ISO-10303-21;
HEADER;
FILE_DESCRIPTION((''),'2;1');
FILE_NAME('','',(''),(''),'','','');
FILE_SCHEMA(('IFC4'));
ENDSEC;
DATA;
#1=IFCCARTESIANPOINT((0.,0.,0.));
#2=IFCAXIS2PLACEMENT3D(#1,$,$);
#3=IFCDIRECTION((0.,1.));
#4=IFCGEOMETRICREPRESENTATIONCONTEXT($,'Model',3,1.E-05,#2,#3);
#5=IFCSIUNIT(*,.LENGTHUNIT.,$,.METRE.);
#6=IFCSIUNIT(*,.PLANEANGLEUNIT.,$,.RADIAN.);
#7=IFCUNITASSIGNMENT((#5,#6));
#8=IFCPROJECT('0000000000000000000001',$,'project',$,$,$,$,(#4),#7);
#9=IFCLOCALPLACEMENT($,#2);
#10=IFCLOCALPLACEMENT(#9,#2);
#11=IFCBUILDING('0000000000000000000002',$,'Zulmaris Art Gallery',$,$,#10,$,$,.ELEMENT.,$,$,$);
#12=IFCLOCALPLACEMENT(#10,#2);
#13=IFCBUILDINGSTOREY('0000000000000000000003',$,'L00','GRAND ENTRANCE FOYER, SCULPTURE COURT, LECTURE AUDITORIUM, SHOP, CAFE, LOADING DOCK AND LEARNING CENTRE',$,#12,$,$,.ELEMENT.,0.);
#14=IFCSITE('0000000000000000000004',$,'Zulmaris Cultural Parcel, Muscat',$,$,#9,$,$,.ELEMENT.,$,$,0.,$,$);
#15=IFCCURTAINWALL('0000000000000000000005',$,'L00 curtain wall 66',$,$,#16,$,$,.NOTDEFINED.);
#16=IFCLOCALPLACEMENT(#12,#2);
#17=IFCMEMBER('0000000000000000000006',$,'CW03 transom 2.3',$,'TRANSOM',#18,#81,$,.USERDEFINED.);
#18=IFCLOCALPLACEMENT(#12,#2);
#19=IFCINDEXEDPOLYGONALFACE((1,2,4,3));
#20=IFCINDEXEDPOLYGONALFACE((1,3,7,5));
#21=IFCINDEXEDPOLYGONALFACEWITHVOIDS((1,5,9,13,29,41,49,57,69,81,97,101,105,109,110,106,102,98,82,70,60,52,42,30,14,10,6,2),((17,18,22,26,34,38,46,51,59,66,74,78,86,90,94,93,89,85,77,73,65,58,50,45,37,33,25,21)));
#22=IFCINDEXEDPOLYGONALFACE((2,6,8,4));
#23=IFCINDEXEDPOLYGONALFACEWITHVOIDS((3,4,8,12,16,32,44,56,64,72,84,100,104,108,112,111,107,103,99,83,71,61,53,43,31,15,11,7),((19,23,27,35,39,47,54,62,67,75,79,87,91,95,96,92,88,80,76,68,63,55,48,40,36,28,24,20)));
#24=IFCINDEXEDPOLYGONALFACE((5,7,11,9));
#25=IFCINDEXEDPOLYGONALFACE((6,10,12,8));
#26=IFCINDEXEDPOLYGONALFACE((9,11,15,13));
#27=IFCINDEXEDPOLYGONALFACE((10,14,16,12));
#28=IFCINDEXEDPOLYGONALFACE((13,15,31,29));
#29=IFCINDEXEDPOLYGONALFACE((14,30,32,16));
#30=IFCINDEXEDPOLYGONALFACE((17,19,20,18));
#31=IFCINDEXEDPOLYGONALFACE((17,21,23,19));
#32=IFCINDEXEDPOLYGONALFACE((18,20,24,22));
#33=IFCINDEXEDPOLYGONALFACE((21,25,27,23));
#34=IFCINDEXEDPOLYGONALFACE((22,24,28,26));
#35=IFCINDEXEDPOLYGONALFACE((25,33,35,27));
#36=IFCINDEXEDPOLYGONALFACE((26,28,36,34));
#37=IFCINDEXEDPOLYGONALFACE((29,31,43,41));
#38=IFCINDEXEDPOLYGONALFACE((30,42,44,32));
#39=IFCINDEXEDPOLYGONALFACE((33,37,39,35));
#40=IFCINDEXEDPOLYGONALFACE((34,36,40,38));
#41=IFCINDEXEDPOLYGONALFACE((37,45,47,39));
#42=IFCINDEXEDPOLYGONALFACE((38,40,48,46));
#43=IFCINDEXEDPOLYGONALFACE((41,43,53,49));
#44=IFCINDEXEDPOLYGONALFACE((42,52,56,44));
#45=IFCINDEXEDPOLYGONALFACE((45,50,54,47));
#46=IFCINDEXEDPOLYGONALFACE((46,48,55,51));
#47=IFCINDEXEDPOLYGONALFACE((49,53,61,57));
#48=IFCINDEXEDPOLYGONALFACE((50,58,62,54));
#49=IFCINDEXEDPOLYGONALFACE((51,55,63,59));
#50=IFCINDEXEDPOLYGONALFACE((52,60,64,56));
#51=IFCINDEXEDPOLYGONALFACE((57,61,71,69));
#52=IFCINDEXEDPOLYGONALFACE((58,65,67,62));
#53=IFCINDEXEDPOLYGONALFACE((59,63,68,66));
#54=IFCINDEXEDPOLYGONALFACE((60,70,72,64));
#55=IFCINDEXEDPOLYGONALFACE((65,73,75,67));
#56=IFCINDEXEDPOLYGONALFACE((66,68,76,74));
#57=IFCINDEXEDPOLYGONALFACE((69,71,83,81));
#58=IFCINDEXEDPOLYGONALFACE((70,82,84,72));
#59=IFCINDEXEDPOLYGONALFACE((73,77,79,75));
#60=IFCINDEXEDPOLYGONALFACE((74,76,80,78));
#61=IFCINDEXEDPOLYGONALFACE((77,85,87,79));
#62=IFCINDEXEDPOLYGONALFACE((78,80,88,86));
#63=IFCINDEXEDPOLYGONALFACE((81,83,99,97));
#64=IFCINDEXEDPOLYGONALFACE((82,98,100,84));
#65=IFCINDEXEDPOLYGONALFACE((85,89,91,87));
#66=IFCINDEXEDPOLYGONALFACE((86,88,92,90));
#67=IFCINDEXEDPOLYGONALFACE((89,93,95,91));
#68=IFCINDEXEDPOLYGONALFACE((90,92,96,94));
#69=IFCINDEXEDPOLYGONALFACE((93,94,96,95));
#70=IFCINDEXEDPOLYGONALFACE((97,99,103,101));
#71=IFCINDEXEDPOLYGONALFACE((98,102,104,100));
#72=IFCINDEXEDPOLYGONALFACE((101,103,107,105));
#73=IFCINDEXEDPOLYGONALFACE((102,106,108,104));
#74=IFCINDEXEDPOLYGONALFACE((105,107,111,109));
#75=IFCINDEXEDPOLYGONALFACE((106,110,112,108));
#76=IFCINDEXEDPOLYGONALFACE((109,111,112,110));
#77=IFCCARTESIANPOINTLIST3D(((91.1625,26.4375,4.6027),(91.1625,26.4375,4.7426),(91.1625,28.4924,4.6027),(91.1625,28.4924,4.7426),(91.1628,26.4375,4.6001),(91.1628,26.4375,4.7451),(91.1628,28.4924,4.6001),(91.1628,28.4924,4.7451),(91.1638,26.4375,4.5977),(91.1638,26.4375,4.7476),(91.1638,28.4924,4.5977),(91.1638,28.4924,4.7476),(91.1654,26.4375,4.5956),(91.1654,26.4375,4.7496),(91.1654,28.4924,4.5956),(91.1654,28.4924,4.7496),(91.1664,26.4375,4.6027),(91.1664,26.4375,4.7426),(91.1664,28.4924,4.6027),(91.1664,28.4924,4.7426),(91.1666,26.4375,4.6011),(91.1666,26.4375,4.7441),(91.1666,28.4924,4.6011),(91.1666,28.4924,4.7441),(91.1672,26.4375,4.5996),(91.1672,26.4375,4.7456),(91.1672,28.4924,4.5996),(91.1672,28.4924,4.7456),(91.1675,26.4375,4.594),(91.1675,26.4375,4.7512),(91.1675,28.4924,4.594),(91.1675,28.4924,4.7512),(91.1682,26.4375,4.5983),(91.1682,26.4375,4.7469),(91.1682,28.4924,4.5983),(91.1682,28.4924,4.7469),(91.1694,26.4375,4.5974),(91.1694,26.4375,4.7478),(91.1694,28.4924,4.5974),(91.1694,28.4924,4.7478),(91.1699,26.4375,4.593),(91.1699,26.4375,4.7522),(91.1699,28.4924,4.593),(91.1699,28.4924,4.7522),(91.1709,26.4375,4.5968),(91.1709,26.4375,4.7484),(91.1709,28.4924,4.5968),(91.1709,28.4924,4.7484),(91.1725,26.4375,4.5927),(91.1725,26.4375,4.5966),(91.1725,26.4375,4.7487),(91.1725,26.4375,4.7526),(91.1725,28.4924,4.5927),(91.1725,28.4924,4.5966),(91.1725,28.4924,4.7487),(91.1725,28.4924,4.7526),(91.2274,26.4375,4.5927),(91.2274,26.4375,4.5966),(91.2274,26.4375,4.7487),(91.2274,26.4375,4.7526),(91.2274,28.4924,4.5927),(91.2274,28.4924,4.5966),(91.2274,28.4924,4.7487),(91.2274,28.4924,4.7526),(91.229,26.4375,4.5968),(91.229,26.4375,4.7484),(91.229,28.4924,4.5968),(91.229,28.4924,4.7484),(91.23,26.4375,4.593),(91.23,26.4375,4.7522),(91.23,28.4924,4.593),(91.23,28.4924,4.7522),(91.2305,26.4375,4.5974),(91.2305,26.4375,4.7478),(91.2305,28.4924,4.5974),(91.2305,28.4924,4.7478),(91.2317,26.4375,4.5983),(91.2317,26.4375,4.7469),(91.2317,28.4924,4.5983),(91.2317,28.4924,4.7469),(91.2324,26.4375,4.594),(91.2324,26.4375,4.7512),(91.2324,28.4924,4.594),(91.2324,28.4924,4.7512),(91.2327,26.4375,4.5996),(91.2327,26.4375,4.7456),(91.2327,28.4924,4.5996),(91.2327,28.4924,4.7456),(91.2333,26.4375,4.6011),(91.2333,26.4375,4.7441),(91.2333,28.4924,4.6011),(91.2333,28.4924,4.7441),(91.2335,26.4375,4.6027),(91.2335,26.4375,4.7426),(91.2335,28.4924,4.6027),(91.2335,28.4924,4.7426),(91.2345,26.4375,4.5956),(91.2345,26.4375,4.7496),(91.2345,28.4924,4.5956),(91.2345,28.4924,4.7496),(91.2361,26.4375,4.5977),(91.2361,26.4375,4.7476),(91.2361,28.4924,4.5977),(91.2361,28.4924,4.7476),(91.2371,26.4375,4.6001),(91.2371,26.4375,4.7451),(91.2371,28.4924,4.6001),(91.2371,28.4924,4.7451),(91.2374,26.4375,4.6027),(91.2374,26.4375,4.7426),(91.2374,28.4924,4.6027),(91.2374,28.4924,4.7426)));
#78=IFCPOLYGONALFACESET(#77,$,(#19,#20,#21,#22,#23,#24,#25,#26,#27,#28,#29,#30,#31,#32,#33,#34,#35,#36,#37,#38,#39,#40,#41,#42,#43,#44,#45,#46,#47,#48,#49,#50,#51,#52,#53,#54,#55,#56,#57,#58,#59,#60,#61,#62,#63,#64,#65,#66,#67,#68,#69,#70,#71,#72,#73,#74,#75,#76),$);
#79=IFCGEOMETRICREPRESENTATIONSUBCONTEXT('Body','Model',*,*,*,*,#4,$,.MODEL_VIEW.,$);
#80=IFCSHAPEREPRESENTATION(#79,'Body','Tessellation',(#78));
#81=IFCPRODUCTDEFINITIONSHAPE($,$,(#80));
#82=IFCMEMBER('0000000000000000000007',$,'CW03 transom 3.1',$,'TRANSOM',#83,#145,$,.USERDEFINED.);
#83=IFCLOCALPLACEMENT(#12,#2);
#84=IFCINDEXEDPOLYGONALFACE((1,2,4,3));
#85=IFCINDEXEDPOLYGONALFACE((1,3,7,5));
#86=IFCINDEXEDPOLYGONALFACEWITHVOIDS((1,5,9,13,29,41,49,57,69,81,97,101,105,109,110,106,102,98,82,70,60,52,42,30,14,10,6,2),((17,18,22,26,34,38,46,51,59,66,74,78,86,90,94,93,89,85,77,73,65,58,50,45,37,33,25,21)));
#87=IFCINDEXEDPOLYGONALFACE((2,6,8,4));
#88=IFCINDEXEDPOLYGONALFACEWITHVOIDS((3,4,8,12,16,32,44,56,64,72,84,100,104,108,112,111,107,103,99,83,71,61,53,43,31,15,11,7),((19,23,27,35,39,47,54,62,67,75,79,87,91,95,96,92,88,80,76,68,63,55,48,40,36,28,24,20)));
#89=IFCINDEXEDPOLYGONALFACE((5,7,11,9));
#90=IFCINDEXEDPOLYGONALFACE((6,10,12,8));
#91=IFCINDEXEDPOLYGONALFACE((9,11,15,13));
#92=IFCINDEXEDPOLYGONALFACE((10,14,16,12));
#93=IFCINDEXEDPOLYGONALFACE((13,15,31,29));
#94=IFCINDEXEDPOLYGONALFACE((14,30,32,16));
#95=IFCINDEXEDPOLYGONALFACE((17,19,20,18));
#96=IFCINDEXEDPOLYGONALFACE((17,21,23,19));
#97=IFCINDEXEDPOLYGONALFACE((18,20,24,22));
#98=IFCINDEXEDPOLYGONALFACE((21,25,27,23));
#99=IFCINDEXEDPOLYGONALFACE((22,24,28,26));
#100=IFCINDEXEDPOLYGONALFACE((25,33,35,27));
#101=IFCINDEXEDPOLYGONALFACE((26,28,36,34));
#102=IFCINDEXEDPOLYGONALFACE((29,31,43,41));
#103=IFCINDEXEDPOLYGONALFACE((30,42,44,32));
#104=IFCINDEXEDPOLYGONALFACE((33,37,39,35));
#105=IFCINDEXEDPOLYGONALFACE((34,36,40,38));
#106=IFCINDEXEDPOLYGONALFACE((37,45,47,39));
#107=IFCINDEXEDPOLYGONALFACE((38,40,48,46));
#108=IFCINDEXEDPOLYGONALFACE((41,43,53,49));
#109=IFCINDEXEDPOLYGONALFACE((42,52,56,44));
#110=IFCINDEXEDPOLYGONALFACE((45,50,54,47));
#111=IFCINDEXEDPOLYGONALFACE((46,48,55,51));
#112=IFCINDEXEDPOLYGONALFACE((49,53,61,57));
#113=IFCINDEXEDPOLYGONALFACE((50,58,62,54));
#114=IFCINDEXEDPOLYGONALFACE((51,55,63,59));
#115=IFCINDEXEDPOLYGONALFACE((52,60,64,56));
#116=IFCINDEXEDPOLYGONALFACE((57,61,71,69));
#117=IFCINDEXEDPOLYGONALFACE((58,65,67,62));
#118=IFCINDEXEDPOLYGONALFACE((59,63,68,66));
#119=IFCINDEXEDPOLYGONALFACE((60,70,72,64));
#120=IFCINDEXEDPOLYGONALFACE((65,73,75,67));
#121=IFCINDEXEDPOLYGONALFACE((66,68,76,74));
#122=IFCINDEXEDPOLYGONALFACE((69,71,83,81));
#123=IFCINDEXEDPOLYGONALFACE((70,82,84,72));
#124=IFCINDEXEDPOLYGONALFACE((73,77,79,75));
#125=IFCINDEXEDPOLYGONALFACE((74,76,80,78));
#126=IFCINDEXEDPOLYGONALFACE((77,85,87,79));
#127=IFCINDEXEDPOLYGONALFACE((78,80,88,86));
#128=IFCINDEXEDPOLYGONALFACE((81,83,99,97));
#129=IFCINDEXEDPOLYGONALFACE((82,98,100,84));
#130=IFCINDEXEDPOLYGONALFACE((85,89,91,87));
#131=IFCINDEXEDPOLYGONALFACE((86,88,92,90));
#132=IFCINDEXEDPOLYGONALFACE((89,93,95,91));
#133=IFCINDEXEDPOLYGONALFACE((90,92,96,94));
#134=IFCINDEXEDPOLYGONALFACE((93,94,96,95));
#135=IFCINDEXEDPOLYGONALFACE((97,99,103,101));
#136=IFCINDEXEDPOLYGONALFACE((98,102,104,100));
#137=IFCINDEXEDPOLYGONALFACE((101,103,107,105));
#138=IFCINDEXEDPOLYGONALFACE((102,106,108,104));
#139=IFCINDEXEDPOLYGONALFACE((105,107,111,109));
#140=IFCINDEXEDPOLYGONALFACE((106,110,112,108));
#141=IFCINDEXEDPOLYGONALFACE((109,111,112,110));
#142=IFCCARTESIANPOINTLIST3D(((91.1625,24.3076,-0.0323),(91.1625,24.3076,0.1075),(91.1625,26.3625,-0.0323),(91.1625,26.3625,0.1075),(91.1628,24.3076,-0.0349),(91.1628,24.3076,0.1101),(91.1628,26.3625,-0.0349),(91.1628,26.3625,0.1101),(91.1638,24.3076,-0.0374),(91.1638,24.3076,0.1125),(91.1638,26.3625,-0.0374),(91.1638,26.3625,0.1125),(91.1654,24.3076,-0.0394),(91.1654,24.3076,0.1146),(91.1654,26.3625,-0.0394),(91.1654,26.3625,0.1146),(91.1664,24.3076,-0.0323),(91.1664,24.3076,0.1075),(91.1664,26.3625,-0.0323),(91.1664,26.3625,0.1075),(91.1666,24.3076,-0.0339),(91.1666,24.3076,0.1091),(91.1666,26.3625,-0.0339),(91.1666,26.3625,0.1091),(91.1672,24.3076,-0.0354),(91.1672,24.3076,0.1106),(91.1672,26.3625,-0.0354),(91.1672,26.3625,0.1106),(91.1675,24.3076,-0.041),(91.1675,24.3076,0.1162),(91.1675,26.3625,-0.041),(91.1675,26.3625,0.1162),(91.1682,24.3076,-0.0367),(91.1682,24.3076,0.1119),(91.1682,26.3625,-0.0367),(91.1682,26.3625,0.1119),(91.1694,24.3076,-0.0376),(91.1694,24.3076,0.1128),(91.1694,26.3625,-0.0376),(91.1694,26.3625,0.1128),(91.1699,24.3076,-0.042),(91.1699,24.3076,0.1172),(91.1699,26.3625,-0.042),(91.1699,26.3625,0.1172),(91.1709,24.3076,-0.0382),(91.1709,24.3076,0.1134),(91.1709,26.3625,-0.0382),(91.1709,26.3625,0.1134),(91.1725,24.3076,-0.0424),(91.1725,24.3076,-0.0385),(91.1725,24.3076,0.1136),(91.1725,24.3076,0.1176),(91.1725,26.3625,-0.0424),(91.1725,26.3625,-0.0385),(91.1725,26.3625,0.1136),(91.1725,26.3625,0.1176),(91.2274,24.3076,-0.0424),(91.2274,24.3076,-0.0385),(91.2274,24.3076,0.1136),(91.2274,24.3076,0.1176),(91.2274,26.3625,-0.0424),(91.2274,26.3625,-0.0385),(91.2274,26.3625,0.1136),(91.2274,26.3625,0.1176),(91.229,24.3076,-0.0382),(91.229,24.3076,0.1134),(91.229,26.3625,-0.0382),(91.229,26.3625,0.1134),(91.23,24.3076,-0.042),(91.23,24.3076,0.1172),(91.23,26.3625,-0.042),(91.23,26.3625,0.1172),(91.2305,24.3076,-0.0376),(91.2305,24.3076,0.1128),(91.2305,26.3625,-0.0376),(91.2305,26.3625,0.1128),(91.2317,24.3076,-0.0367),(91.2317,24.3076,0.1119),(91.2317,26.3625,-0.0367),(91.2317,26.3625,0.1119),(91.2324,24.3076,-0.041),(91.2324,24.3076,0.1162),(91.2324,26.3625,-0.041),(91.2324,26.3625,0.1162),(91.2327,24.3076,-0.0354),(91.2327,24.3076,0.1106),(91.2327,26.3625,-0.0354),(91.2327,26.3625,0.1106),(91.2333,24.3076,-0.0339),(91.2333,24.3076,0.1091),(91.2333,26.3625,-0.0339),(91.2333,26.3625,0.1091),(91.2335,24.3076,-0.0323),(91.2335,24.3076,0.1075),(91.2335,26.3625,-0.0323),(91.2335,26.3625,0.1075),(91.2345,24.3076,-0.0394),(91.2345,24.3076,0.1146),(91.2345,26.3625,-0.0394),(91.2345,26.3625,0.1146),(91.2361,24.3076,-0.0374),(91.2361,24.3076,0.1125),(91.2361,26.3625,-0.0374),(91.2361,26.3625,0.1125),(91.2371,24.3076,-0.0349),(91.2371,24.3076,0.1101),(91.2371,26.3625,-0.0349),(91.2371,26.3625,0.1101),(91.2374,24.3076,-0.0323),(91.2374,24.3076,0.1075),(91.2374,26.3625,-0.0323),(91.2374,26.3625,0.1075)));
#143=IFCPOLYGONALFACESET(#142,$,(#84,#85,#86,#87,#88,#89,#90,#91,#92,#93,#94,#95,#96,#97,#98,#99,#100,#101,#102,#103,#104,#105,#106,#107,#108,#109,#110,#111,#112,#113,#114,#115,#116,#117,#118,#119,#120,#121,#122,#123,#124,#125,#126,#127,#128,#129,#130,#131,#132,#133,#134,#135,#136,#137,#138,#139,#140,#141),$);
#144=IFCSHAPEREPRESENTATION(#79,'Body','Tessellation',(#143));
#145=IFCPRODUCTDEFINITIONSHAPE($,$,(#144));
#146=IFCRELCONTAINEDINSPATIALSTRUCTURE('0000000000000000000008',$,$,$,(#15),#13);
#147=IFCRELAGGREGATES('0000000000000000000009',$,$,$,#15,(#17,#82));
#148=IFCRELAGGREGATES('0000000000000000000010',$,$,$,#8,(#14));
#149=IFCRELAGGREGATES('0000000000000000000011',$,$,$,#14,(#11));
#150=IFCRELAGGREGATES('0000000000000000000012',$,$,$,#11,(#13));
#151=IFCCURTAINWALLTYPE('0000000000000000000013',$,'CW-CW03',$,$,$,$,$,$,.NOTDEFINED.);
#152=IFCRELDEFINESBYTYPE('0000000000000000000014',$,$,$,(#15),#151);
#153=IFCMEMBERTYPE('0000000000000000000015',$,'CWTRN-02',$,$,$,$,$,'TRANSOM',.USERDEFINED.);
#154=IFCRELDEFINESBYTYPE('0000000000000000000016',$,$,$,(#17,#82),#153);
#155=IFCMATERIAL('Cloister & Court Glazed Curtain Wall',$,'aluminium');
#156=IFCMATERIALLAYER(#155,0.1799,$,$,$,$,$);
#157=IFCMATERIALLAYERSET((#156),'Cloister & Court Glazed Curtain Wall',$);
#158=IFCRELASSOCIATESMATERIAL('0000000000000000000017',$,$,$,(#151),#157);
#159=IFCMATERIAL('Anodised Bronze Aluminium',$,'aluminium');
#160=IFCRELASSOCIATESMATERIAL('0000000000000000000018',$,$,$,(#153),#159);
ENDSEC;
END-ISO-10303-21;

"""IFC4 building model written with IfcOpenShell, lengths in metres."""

from ifc_helpers import new_model, si_unit, direction, frame, origin, origin_2d, place, context, subcontext, project, spatial, hollow_rectangle, extrude, material, layer, layer_set, material_profile, profile_set, type_object, element, aggregate, save


model = new_model("IFC4")

# Units and contexts
model_context = context("Model", 3, precision=1e-05, world=origin(), true_north=direction((0.0, 1.0)))
body_context = subcontext(model_context, "Body", "Model", "MODEL_VIEW")
ifc_project = project(units=[si_unit("LENGTHUNIT", "METRE"), si_unit("PLANEANGLEUNIT", "RADIAN")], contexts=[model_context])

# Site, building, storey
site_placement = place(None, origin())
site = spatial("IfcSite", under=ifc_project, at=site_placement, Name="Zulmaris Cultural Parcel, Muscat", CompositionType="ELEMENT", RefElevation=0.0)
building_placement = place(site_placement, origin())
building = spatial("IfcBuilding", under=site, at=building_placement, Name="Zulmaris Art Gallery", CompositionType="ELEMENT")
storey_placement = place(building_placement, origin())
storey = spatial("IfcBuildingStorey", under=building, at=storey_placement, Name="L00", Description="GRAND ENTRANCE FOYER, SCULPTURE COURT, LECTURE AUDITORIUM, SHOP, CAFE, LOADING DOCK AND LEARNING CENTRE", CompositionType="ELEMENT", Elevation=0.0)

# Curtain wall
ifc_material_1 = material(Name="Cloister & Court Glazed Curtain Wall", Category="aluminium")
ifc_layer_1 = layer(ifc_material_1, 0.1799)
ifc_layer_set_1 = layer_set([ifc_layer_1], Name="Cloister & Court Glazed Curtain Wall")
curtain_wall_type = type_object("IfcCurtainWallType", Name="CW-CW03", PredefinedType="NOTDEFINED", material=ifc_layer_set_1)
curtain_wall_1_placement = place(storey_placement, origin())
curtain_wall_1 = element("IfcCurtainWall", 1, at=curtain_wall_1_placement, inside=storey, type_object=curtain_wall_type, Name="L00 curtain wall 66", PredefinedType="NOTDEFINED")
ifc_material_2 = material(Name="Anodised Bronze Aluminium", Category="aluminium")

# Members
ifc_material_profile_1 = material_profile(ifc_material_2, hollow_rectangle(XDim=0.075, YDim=0.1599, WallThickness=0.0039, InnerFilletRadius=0.0061, OuterFilletRadius=0.01, at=origin_2d()), Name="ALU 75x160x4")
ifc_profile_set_1 = profile_set([ifc_material_profile_1], Name="Anodised Bronze Aluminium")
member_type_1 = type_object("IfcMemberType", Name="CWTRN-02", ElementType="TRANSOM", PredefinedType="USERDEFINED", material=ifc_profile_set_1)
member_1_placement = place(storey_placement, frame((91.2, 28.4924, 4.6726), z_axis=(0.0, -1.0, 0.0), x_axis=(1.0, 0.0, 0.0)))
member_1 = element("IfcMember", 2, at=member_1_placement, type_object=member_type_1, Name="CW03 transom 2.3", ObjectType="TRANSOM", PredefinedType="USERDEFINED", context=body_context, shape_type="SweptSolid", body=[
    extrude(hollow_rectangle(XDim=0.075, YDim=0.1599, WallThickness=0.0039, InnerFilletRadius=0.0061, OuterFilletRadius=0.01, at=origin_2d()), origin(), (0.0, 0.0, 1.0), 2.0549),
])
member_2_placement = place(storey_placement, frame((91.2, 26.3625, 0.0376), z_axis=(0.0, -1.0, 0.0), x_axis=(1.0, 0.0, 0.0)))
member_2 = element("IfcMember", 3, at=member_2_placement, type_object=member_type_1, Name="CW03 transom 3.1", ObjectType="TRANSOM", PredefinedType="USERDEFINED", context=body_context, shape_type="SweptSolid", body=[
    extrude(hollow_rectangle(XDim=0.075, YDim=0.1599, WallThickness=0.0039, InnerFilletRadius=0.0061, OuterFilletRadius=0.01, at=origin_2d()), origin(), (0.0, 0.0, 1.0), 2.0549),
])

aggregate(curtain_wall_1, [member_1, member_2])

save(model, "model.ifc")
